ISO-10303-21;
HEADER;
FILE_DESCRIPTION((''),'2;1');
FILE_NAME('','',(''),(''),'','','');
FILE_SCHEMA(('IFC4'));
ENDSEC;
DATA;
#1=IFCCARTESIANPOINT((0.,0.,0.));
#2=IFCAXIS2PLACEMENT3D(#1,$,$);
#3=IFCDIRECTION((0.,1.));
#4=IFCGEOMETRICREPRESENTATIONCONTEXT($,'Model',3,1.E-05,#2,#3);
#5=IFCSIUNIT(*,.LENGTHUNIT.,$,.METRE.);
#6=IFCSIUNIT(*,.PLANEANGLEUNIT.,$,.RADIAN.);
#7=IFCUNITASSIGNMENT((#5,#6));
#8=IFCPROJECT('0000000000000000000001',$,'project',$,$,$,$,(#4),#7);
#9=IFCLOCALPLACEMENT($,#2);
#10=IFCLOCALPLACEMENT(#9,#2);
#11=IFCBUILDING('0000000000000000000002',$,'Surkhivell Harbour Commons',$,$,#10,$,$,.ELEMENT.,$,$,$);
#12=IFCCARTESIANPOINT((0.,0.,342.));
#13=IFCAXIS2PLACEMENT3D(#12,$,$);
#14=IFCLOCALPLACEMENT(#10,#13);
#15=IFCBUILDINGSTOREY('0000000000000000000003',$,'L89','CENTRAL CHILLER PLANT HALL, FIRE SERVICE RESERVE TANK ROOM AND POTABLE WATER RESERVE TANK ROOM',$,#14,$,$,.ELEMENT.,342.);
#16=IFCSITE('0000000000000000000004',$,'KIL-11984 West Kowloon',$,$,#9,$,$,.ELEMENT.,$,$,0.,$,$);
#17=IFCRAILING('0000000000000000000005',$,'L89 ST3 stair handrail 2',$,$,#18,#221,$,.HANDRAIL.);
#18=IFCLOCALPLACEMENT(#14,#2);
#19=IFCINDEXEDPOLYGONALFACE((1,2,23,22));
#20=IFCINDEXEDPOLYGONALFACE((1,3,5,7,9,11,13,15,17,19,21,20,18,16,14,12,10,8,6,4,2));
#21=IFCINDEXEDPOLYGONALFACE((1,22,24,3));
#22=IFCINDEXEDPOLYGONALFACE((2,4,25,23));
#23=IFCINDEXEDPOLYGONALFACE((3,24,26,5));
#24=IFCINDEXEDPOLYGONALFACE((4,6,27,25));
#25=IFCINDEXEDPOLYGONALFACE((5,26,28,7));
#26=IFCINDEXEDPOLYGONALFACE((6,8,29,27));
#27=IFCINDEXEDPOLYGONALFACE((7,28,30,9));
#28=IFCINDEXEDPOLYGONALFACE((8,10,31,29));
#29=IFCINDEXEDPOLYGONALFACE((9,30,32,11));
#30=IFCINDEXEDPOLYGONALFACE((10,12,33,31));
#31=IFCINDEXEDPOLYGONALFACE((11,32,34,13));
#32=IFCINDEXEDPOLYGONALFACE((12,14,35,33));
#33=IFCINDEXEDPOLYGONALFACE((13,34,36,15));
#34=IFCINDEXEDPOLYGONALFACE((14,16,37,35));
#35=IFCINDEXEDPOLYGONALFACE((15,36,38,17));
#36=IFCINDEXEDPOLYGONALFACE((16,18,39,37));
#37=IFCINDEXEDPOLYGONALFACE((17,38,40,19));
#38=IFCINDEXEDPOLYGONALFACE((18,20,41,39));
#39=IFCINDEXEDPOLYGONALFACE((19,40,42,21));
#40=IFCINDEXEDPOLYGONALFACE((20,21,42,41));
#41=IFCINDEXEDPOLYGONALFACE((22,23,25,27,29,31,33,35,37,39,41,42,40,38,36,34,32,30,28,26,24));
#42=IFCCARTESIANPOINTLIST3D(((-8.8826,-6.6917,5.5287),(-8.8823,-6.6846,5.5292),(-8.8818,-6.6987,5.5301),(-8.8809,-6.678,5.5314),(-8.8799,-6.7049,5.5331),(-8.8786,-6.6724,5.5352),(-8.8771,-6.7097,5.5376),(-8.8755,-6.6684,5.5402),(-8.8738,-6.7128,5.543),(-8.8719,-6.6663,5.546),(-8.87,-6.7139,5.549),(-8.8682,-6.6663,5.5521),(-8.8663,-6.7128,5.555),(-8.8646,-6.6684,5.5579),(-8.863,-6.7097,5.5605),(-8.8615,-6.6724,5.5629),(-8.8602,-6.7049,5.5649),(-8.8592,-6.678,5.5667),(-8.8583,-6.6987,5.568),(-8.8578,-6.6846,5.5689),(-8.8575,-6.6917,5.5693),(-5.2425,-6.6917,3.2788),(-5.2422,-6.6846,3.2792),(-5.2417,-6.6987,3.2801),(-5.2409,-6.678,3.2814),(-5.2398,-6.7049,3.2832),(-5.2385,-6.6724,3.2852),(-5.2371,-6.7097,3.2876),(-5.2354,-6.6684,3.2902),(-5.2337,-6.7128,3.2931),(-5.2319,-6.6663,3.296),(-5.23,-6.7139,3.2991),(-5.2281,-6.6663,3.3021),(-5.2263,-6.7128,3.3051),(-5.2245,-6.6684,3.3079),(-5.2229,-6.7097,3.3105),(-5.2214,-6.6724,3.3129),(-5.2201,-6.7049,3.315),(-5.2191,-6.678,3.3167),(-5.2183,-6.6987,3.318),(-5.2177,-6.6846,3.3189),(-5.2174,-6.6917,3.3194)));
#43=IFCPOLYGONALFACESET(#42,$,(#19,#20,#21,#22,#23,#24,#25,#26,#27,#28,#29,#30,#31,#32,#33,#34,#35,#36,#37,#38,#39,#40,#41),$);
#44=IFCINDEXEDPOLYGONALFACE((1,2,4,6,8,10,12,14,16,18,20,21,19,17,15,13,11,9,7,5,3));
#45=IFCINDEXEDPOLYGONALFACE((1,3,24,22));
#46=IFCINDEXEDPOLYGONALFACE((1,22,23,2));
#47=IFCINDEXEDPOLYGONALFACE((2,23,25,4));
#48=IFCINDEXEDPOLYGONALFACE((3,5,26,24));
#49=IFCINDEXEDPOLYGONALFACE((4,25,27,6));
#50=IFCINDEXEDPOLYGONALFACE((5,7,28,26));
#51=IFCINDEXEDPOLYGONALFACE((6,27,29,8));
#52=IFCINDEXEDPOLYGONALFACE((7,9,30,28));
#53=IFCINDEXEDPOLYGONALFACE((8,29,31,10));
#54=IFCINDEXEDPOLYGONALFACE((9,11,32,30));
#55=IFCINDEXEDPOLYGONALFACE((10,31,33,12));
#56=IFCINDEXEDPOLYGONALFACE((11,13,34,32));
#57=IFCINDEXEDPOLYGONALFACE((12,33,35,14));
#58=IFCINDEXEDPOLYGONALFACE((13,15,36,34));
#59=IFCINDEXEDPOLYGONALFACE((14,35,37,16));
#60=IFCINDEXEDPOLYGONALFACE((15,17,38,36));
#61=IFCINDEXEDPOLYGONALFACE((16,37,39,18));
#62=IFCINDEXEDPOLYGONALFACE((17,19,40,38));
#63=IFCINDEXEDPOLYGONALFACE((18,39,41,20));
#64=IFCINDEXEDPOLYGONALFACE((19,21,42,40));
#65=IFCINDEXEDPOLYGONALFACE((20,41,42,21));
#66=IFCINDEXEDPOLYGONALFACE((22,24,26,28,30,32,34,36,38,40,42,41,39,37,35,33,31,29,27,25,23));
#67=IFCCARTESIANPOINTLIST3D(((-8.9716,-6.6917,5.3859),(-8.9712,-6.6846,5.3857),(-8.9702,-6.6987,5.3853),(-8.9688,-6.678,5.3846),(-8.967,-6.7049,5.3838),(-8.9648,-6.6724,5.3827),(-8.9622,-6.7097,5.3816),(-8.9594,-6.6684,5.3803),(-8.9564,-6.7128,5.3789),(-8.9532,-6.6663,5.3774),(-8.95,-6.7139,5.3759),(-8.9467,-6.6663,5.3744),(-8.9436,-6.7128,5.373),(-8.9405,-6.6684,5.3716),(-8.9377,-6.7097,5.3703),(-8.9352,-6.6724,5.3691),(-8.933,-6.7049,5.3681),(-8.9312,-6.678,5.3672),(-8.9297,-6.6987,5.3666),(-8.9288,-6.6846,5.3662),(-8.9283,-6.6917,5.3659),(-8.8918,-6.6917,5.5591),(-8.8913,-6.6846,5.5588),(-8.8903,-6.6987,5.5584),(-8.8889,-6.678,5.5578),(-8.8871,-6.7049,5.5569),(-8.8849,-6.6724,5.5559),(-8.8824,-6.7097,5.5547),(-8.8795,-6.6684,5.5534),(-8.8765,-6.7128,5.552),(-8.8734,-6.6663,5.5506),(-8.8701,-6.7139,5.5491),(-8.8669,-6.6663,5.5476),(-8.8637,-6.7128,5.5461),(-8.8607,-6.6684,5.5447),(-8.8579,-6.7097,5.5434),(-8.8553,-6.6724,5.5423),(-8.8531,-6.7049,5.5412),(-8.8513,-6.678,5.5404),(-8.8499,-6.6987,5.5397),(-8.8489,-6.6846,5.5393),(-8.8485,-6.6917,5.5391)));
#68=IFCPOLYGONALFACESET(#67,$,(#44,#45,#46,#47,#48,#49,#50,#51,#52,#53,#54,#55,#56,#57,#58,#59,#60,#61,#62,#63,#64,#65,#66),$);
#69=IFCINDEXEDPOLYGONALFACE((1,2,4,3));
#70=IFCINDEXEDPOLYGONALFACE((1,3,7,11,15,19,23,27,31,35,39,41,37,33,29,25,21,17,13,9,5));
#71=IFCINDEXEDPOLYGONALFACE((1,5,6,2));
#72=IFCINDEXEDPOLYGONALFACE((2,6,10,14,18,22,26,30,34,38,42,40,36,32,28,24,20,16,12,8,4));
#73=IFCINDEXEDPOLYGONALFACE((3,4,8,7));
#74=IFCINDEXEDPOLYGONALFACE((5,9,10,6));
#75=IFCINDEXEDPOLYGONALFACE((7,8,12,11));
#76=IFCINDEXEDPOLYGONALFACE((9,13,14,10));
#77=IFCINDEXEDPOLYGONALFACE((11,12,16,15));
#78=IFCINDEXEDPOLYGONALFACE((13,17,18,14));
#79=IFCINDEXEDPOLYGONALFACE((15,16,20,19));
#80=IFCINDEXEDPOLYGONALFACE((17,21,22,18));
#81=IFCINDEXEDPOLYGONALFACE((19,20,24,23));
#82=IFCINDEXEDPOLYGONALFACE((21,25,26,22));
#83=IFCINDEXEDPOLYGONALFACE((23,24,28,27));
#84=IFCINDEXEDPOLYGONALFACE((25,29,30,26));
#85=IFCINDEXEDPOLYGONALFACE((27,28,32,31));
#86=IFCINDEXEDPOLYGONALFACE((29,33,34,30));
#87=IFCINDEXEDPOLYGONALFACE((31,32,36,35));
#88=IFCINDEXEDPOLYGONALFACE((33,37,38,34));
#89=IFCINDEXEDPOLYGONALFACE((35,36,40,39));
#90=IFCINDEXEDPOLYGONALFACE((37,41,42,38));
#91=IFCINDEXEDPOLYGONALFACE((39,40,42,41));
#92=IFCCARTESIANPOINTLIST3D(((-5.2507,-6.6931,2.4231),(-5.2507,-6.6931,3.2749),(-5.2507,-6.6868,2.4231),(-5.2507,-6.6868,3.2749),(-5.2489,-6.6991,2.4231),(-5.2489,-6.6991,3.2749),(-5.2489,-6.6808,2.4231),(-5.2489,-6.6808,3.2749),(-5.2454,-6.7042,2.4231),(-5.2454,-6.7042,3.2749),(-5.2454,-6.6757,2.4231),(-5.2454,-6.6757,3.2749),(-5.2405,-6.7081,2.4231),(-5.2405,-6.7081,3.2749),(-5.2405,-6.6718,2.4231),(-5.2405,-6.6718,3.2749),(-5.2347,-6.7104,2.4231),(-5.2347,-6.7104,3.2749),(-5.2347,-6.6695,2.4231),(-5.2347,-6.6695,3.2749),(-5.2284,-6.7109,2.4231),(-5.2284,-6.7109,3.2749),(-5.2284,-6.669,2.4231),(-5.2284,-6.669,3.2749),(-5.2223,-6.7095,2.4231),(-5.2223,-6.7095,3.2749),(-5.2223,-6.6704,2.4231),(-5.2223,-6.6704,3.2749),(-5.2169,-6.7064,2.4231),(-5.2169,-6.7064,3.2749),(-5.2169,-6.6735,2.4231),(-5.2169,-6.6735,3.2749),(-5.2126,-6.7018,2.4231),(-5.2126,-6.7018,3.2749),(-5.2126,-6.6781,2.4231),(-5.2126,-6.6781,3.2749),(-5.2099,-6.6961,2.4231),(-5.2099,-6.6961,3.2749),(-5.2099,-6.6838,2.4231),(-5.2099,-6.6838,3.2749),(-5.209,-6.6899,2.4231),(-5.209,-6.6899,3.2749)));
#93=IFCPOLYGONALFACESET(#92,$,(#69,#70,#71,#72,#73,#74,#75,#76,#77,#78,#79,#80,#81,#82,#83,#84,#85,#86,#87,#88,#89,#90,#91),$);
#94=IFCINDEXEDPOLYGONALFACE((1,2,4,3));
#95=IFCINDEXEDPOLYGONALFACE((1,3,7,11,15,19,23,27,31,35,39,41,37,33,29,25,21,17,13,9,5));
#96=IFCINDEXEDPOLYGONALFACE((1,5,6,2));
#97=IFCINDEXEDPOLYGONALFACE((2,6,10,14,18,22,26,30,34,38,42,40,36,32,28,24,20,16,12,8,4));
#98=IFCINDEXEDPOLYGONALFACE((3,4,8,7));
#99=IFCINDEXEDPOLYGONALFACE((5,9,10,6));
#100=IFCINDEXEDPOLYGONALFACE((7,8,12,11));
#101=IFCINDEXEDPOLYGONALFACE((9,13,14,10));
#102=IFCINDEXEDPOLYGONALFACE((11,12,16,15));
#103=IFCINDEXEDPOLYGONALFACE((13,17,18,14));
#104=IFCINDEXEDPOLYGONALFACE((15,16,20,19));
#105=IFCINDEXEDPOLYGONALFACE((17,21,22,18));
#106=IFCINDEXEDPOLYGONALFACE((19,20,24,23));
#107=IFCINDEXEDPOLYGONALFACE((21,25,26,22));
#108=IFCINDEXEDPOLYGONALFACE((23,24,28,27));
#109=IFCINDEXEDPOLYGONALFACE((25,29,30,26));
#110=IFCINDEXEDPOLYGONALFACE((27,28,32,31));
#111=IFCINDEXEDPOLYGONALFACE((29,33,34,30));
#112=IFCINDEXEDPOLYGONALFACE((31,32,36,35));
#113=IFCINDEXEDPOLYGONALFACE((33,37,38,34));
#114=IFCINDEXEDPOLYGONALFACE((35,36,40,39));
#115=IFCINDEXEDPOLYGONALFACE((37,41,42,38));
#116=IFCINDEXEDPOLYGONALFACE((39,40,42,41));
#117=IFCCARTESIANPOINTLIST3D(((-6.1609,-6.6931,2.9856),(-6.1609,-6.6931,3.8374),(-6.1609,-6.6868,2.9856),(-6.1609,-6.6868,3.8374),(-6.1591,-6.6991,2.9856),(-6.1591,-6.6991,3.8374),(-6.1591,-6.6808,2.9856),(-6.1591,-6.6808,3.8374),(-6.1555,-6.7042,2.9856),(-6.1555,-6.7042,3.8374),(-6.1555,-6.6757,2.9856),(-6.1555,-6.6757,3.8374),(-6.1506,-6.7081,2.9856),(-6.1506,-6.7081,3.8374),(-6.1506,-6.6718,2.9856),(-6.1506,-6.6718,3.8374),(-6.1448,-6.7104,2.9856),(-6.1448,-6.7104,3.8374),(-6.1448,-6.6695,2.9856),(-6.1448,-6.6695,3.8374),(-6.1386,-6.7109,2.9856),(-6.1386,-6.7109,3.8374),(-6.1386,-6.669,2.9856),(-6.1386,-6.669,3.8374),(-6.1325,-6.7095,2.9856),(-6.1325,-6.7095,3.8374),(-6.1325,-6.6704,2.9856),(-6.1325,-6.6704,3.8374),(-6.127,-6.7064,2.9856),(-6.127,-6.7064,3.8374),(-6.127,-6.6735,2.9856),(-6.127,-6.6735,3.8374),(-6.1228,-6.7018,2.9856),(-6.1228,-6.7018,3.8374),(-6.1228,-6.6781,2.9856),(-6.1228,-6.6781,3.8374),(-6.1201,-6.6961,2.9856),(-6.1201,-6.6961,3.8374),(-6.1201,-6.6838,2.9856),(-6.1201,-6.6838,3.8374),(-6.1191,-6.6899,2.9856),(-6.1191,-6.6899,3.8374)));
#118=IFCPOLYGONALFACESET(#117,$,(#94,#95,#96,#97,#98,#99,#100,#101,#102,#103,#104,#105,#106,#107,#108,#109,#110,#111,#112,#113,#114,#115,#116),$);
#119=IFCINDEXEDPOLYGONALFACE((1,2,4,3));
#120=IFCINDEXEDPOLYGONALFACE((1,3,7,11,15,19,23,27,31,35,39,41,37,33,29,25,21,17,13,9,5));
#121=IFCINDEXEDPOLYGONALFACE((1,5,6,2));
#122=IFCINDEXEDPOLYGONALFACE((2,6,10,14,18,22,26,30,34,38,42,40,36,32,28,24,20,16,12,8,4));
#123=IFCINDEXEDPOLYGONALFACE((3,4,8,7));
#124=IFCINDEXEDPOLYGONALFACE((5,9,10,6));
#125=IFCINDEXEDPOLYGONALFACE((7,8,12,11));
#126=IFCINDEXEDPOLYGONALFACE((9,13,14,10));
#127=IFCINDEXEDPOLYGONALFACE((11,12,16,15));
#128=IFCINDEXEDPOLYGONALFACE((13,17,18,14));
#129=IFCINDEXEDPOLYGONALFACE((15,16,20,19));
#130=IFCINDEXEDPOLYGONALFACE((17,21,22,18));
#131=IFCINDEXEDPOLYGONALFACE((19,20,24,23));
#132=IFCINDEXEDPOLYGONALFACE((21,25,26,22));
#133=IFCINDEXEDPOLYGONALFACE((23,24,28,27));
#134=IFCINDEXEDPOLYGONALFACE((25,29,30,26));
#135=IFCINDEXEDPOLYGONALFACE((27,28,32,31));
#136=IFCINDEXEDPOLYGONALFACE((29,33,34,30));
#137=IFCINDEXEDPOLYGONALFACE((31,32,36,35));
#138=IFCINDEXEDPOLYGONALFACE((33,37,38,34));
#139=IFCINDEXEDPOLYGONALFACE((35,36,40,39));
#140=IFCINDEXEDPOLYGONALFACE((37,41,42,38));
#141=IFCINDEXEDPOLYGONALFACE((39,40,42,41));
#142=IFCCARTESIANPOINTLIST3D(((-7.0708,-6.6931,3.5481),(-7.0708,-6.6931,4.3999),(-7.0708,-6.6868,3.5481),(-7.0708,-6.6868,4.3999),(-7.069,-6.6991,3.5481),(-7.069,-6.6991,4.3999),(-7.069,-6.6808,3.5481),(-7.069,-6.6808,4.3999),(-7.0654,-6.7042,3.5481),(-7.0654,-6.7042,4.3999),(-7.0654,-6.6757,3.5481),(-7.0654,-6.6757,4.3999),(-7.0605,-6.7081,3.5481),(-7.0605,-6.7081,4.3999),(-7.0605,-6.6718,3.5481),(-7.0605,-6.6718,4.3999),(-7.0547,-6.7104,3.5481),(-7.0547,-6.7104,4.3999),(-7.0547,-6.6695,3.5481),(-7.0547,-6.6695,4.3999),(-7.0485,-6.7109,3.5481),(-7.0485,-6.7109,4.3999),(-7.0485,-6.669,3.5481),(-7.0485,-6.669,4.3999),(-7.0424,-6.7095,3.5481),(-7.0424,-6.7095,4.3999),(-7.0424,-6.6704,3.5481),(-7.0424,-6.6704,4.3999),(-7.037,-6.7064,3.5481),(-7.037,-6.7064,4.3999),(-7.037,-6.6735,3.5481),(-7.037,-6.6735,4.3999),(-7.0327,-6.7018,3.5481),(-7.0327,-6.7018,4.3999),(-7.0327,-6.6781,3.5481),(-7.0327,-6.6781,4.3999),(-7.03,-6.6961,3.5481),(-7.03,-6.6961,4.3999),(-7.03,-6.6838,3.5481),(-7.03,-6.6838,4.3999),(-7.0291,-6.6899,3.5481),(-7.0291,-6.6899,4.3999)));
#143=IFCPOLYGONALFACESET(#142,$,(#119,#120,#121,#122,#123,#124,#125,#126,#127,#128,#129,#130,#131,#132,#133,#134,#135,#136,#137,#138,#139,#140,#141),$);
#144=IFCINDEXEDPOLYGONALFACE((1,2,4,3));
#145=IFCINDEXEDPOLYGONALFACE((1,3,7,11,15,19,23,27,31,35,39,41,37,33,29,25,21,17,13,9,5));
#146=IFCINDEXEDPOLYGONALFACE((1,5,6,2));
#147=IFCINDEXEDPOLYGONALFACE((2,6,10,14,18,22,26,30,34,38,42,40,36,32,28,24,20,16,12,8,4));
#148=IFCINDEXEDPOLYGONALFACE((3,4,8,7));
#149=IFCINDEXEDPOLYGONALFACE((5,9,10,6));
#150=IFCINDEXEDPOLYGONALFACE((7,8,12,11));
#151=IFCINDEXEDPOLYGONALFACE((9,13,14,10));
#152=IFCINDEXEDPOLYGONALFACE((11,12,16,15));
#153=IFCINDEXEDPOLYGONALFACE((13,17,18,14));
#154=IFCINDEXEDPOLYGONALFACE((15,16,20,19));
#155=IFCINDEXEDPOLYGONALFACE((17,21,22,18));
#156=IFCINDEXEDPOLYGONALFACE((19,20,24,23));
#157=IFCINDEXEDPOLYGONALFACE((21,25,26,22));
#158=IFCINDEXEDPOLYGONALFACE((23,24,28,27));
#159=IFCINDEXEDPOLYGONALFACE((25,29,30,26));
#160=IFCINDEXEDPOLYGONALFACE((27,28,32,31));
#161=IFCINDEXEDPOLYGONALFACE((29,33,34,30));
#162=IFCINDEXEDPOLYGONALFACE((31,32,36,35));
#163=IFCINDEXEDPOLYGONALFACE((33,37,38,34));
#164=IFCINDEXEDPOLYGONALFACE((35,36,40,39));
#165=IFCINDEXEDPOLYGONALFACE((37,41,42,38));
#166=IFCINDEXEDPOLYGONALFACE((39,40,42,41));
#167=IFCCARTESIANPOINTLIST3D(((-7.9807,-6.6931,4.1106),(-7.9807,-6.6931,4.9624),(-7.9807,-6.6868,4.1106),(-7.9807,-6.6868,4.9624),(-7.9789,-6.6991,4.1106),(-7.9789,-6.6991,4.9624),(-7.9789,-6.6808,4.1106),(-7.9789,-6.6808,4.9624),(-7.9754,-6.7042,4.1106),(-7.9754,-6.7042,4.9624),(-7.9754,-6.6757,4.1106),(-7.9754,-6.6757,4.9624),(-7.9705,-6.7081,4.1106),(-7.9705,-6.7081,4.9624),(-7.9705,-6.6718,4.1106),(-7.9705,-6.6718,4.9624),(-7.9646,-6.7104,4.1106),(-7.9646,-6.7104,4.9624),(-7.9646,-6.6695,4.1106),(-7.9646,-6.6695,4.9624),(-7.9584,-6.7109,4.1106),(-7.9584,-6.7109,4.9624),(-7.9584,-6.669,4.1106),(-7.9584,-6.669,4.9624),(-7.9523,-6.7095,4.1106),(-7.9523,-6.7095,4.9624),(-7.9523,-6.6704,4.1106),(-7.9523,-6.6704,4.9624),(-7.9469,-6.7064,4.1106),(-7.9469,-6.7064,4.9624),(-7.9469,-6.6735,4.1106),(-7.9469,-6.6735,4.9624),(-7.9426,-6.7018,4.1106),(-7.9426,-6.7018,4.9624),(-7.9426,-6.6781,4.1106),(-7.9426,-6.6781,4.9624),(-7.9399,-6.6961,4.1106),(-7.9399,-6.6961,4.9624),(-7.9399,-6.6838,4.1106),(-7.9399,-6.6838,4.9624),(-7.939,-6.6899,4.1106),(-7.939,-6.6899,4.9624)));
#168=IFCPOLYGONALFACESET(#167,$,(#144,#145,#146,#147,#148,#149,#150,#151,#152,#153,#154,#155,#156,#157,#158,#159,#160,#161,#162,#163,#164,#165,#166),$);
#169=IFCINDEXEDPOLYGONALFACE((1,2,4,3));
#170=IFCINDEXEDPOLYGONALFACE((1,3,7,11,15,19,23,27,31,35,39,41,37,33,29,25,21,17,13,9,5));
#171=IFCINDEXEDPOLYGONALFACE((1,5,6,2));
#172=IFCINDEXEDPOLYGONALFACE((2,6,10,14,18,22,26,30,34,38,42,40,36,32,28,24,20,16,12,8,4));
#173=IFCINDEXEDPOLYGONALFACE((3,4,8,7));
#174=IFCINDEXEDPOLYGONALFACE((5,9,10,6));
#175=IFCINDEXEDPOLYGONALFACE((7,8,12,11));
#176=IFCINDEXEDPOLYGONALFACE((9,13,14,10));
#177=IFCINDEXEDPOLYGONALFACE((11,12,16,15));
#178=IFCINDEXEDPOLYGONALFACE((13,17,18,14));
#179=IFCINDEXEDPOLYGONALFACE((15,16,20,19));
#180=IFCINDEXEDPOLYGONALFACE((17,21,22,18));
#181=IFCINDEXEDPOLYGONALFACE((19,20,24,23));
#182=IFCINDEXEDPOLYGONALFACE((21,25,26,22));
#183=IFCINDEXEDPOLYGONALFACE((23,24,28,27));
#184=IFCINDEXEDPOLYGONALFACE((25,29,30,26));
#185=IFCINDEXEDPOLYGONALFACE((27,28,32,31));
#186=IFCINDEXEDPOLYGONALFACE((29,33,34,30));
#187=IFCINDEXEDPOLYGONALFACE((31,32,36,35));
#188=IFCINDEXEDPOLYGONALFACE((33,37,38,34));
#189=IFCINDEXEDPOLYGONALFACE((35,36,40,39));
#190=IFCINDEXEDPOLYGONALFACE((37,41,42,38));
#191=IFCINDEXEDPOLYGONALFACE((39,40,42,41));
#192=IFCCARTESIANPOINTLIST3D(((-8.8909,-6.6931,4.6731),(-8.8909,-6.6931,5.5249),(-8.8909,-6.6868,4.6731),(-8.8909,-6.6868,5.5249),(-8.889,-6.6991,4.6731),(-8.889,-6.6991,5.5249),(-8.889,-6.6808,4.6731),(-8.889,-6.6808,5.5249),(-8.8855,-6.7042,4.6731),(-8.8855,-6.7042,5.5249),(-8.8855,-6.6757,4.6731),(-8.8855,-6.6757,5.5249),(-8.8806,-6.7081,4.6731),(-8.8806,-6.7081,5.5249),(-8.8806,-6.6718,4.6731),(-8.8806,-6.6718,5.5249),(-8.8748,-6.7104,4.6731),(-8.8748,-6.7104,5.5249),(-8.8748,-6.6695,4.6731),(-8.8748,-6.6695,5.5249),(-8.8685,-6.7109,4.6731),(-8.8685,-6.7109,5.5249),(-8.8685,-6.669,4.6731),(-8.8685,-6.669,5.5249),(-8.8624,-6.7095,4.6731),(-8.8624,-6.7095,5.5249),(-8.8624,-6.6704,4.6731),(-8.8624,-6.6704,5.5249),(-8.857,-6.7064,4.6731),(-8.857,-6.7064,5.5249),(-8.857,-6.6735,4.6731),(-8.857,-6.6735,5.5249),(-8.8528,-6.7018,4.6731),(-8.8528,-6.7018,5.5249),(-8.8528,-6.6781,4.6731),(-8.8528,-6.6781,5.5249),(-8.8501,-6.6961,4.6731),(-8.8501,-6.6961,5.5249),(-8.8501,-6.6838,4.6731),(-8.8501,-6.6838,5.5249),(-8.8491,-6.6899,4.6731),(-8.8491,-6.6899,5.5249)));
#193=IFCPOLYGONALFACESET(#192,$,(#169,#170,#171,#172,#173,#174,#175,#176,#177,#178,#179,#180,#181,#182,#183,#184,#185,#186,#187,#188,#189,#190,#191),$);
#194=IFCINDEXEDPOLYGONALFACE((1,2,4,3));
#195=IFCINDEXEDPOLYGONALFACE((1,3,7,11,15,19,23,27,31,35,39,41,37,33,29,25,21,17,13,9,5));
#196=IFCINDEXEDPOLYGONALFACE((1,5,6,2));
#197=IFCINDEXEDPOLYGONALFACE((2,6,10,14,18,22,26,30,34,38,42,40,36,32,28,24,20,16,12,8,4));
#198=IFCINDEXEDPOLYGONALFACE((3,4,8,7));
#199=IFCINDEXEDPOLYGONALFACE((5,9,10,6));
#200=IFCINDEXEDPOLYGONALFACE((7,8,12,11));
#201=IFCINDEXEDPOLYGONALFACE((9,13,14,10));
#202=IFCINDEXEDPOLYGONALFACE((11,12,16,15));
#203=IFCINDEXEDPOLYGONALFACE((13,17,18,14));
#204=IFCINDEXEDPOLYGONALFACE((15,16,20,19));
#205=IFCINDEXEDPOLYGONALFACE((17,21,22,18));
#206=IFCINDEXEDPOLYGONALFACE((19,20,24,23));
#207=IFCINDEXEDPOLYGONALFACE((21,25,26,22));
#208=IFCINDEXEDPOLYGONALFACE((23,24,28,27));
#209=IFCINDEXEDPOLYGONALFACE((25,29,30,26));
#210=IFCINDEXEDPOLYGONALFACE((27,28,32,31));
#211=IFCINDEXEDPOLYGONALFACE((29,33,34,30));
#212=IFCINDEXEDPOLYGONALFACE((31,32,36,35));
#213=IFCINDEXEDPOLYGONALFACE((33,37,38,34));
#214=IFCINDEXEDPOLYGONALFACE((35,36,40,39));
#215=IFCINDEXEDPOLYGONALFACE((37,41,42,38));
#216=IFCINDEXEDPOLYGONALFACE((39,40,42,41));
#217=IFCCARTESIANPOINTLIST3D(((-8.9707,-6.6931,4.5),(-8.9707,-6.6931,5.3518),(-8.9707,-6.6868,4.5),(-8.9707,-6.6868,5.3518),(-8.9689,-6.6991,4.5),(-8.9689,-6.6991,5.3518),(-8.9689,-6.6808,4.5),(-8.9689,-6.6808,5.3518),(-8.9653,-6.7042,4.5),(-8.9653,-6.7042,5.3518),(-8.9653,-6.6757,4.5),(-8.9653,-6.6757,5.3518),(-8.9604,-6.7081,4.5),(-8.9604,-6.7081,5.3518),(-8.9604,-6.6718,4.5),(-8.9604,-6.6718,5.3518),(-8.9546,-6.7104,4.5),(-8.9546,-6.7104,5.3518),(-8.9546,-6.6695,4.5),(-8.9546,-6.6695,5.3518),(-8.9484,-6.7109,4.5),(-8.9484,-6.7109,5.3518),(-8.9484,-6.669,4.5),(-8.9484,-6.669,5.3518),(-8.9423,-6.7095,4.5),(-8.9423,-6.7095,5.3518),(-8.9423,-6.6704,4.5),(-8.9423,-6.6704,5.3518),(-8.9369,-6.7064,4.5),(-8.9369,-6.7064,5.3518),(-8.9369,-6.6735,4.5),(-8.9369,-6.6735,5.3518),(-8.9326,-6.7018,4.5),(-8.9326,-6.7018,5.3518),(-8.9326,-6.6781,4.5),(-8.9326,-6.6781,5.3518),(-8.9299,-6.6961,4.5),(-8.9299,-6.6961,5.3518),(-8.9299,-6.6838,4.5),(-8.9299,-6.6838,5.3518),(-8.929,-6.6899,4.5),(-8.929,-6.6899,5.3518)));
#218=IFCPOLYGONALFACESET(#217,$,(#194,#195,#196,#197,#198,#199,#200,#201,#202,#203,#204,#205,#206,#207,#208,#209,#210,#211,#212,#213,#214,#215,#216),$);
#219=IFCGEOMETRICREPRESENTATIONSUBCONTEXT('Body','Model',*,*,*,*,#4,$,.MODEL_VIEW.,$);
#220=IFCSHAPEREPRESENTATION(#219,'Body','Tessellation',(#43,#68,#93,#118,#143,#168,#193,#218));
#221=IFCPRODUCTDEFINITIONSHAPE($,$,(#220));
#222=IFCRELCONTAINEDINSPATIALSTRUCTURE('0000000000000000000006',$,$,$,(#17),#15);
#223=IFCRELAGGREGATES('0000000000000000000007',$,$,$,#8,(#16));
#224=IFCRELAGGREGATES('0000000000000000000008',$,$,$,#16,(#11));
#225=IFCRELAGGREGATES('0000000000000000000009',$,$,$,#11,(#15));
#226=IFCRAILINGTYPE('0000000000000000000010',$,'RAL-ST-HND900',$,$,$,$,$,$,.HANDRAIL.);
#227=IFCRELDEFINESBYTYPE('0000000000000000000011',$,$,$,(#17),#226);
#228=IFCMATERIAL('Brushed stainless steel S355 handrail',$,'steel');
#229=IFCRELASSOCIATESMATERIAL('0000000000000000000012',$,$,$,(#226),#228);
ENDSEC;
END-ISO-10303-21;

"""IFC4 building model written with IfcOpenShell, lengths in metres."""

from ifc_helpers import new_model, si_unit, direction, frame, origin, origin_2d, place, context, subcontext, project, spatial, circle, extrude, material, type_object, element, save


model = new_model("IFC4")

# Units and contexts
model_context = context("Model", 3, precision=1e-05, world=origin(), true_north=direction((0.0, 1.0)))
body_context = subcontext(model_context, "Body", "Model", "MODEL_VIEW")
ifc_project = project(units=[si_unit("LENGTHUNIT", "METRE"), si_unit("PLANEANGLEUNIT", "RADIAN")], contexts=[model_context])

# Site, building, storey
site_placement = place(None, origin())
site = spatial("IfcSite", under=ifc_project, at=site_placement, Name="KIL-11984 West Kowloon", CompositionType="ELEMENT", RefElevation=0.0)
building_placement = place(site_placement, origin())
building = spatial("IfcBuilding", under=site, at=building_placement, Name="Surkhivell Harbour Commons", CompositionType="ELEMENT")
storey_placement = place(building_placement, frame((0.0, 0.0, 342.0)))
storey = spatial("IfcBuildingStorey", under=building, at=storey_placement, Name="L89", Description="CENTRAL CHILLER PLANT HALL, FIRE SERVICE RESERVE TANK ROOM AND POTABLE WATER RESERVE TANK ROOM", CompositionType="ELEMENT", Elevation=342.0)

# Railing
ifc_material_1 = material(Name="Brushed stainless steel S355 handrail", Category="steel")
railing_type_1 = type_object("IfcRailingType", Name="RAL-ST-HND900", PredefinedType="HANDRAIL", material=ifc_material_1)
railing_1_placement = place(storey_placement, frame((-5.23, -6.6899, 2.4231)))
element("IfcRailing", 1, at=railing_1_placement, inside=storey, type_object=railing_type_1, Name="L89 ST3 stair handrail 2", PredefinedType="HANDRAIL", context=body_context, shape_type="SweptSolid", body=[
    extrude(circle(Radius=0.0239, at=origin_2d()), frame((0.0, 0.0, 0.876), z_axis=(-0.850622, 0.0, 0.525777), x_axis=(0.0, -1.0, 0.0)), (0.0, 0.0, 1.0), 4.2793),
    extrude(circle(Radius=0.0239, at=origin_2d()), frame((-3.6401, 0.0, 3.126), z_axis=(-0.418815, 0.0, -0.908072), x_axis=(0.0, -1.0, 0.0)), (0.0, 0.0, 1.0), 0.1907),
    extrude(circle(Radius=0.021, at=origin_2d()), origin(), (0.0, 0.0, 1.0), 0.8518),
    extrude(circle(Radius=0.021, at=origin_2d()), frame((-0.9102, 0.0, 0.5625)), (0.0, 0.0, 1.0), 0.8518),
    extrude(circle(Radius=0.021, at=origin_2d()), frame((-1.8201, 0.0, 1.125)), (0.0, 0.0, 1.0), 0.8518),
    extrude(circle(Radius=0.021, at=origin_2d()), frame((-2.73, 0.0, 1.6875)), (0.0, 0.0, 1.0), 0.8518),
    extrude(circle(Radius=0.021, at=origin_2d()), frame((-3.6401, 0.0, 2.25)), (0.0, 0.0, 1.0), 0.8518),
    extrude(circle(Radius=0.021, at=origin_2d()), frame((-3.72, 0.0, 2.0769)), (0.0, 0.0, 1.0), 0.8518),
])

save(model, "model.ifc")
